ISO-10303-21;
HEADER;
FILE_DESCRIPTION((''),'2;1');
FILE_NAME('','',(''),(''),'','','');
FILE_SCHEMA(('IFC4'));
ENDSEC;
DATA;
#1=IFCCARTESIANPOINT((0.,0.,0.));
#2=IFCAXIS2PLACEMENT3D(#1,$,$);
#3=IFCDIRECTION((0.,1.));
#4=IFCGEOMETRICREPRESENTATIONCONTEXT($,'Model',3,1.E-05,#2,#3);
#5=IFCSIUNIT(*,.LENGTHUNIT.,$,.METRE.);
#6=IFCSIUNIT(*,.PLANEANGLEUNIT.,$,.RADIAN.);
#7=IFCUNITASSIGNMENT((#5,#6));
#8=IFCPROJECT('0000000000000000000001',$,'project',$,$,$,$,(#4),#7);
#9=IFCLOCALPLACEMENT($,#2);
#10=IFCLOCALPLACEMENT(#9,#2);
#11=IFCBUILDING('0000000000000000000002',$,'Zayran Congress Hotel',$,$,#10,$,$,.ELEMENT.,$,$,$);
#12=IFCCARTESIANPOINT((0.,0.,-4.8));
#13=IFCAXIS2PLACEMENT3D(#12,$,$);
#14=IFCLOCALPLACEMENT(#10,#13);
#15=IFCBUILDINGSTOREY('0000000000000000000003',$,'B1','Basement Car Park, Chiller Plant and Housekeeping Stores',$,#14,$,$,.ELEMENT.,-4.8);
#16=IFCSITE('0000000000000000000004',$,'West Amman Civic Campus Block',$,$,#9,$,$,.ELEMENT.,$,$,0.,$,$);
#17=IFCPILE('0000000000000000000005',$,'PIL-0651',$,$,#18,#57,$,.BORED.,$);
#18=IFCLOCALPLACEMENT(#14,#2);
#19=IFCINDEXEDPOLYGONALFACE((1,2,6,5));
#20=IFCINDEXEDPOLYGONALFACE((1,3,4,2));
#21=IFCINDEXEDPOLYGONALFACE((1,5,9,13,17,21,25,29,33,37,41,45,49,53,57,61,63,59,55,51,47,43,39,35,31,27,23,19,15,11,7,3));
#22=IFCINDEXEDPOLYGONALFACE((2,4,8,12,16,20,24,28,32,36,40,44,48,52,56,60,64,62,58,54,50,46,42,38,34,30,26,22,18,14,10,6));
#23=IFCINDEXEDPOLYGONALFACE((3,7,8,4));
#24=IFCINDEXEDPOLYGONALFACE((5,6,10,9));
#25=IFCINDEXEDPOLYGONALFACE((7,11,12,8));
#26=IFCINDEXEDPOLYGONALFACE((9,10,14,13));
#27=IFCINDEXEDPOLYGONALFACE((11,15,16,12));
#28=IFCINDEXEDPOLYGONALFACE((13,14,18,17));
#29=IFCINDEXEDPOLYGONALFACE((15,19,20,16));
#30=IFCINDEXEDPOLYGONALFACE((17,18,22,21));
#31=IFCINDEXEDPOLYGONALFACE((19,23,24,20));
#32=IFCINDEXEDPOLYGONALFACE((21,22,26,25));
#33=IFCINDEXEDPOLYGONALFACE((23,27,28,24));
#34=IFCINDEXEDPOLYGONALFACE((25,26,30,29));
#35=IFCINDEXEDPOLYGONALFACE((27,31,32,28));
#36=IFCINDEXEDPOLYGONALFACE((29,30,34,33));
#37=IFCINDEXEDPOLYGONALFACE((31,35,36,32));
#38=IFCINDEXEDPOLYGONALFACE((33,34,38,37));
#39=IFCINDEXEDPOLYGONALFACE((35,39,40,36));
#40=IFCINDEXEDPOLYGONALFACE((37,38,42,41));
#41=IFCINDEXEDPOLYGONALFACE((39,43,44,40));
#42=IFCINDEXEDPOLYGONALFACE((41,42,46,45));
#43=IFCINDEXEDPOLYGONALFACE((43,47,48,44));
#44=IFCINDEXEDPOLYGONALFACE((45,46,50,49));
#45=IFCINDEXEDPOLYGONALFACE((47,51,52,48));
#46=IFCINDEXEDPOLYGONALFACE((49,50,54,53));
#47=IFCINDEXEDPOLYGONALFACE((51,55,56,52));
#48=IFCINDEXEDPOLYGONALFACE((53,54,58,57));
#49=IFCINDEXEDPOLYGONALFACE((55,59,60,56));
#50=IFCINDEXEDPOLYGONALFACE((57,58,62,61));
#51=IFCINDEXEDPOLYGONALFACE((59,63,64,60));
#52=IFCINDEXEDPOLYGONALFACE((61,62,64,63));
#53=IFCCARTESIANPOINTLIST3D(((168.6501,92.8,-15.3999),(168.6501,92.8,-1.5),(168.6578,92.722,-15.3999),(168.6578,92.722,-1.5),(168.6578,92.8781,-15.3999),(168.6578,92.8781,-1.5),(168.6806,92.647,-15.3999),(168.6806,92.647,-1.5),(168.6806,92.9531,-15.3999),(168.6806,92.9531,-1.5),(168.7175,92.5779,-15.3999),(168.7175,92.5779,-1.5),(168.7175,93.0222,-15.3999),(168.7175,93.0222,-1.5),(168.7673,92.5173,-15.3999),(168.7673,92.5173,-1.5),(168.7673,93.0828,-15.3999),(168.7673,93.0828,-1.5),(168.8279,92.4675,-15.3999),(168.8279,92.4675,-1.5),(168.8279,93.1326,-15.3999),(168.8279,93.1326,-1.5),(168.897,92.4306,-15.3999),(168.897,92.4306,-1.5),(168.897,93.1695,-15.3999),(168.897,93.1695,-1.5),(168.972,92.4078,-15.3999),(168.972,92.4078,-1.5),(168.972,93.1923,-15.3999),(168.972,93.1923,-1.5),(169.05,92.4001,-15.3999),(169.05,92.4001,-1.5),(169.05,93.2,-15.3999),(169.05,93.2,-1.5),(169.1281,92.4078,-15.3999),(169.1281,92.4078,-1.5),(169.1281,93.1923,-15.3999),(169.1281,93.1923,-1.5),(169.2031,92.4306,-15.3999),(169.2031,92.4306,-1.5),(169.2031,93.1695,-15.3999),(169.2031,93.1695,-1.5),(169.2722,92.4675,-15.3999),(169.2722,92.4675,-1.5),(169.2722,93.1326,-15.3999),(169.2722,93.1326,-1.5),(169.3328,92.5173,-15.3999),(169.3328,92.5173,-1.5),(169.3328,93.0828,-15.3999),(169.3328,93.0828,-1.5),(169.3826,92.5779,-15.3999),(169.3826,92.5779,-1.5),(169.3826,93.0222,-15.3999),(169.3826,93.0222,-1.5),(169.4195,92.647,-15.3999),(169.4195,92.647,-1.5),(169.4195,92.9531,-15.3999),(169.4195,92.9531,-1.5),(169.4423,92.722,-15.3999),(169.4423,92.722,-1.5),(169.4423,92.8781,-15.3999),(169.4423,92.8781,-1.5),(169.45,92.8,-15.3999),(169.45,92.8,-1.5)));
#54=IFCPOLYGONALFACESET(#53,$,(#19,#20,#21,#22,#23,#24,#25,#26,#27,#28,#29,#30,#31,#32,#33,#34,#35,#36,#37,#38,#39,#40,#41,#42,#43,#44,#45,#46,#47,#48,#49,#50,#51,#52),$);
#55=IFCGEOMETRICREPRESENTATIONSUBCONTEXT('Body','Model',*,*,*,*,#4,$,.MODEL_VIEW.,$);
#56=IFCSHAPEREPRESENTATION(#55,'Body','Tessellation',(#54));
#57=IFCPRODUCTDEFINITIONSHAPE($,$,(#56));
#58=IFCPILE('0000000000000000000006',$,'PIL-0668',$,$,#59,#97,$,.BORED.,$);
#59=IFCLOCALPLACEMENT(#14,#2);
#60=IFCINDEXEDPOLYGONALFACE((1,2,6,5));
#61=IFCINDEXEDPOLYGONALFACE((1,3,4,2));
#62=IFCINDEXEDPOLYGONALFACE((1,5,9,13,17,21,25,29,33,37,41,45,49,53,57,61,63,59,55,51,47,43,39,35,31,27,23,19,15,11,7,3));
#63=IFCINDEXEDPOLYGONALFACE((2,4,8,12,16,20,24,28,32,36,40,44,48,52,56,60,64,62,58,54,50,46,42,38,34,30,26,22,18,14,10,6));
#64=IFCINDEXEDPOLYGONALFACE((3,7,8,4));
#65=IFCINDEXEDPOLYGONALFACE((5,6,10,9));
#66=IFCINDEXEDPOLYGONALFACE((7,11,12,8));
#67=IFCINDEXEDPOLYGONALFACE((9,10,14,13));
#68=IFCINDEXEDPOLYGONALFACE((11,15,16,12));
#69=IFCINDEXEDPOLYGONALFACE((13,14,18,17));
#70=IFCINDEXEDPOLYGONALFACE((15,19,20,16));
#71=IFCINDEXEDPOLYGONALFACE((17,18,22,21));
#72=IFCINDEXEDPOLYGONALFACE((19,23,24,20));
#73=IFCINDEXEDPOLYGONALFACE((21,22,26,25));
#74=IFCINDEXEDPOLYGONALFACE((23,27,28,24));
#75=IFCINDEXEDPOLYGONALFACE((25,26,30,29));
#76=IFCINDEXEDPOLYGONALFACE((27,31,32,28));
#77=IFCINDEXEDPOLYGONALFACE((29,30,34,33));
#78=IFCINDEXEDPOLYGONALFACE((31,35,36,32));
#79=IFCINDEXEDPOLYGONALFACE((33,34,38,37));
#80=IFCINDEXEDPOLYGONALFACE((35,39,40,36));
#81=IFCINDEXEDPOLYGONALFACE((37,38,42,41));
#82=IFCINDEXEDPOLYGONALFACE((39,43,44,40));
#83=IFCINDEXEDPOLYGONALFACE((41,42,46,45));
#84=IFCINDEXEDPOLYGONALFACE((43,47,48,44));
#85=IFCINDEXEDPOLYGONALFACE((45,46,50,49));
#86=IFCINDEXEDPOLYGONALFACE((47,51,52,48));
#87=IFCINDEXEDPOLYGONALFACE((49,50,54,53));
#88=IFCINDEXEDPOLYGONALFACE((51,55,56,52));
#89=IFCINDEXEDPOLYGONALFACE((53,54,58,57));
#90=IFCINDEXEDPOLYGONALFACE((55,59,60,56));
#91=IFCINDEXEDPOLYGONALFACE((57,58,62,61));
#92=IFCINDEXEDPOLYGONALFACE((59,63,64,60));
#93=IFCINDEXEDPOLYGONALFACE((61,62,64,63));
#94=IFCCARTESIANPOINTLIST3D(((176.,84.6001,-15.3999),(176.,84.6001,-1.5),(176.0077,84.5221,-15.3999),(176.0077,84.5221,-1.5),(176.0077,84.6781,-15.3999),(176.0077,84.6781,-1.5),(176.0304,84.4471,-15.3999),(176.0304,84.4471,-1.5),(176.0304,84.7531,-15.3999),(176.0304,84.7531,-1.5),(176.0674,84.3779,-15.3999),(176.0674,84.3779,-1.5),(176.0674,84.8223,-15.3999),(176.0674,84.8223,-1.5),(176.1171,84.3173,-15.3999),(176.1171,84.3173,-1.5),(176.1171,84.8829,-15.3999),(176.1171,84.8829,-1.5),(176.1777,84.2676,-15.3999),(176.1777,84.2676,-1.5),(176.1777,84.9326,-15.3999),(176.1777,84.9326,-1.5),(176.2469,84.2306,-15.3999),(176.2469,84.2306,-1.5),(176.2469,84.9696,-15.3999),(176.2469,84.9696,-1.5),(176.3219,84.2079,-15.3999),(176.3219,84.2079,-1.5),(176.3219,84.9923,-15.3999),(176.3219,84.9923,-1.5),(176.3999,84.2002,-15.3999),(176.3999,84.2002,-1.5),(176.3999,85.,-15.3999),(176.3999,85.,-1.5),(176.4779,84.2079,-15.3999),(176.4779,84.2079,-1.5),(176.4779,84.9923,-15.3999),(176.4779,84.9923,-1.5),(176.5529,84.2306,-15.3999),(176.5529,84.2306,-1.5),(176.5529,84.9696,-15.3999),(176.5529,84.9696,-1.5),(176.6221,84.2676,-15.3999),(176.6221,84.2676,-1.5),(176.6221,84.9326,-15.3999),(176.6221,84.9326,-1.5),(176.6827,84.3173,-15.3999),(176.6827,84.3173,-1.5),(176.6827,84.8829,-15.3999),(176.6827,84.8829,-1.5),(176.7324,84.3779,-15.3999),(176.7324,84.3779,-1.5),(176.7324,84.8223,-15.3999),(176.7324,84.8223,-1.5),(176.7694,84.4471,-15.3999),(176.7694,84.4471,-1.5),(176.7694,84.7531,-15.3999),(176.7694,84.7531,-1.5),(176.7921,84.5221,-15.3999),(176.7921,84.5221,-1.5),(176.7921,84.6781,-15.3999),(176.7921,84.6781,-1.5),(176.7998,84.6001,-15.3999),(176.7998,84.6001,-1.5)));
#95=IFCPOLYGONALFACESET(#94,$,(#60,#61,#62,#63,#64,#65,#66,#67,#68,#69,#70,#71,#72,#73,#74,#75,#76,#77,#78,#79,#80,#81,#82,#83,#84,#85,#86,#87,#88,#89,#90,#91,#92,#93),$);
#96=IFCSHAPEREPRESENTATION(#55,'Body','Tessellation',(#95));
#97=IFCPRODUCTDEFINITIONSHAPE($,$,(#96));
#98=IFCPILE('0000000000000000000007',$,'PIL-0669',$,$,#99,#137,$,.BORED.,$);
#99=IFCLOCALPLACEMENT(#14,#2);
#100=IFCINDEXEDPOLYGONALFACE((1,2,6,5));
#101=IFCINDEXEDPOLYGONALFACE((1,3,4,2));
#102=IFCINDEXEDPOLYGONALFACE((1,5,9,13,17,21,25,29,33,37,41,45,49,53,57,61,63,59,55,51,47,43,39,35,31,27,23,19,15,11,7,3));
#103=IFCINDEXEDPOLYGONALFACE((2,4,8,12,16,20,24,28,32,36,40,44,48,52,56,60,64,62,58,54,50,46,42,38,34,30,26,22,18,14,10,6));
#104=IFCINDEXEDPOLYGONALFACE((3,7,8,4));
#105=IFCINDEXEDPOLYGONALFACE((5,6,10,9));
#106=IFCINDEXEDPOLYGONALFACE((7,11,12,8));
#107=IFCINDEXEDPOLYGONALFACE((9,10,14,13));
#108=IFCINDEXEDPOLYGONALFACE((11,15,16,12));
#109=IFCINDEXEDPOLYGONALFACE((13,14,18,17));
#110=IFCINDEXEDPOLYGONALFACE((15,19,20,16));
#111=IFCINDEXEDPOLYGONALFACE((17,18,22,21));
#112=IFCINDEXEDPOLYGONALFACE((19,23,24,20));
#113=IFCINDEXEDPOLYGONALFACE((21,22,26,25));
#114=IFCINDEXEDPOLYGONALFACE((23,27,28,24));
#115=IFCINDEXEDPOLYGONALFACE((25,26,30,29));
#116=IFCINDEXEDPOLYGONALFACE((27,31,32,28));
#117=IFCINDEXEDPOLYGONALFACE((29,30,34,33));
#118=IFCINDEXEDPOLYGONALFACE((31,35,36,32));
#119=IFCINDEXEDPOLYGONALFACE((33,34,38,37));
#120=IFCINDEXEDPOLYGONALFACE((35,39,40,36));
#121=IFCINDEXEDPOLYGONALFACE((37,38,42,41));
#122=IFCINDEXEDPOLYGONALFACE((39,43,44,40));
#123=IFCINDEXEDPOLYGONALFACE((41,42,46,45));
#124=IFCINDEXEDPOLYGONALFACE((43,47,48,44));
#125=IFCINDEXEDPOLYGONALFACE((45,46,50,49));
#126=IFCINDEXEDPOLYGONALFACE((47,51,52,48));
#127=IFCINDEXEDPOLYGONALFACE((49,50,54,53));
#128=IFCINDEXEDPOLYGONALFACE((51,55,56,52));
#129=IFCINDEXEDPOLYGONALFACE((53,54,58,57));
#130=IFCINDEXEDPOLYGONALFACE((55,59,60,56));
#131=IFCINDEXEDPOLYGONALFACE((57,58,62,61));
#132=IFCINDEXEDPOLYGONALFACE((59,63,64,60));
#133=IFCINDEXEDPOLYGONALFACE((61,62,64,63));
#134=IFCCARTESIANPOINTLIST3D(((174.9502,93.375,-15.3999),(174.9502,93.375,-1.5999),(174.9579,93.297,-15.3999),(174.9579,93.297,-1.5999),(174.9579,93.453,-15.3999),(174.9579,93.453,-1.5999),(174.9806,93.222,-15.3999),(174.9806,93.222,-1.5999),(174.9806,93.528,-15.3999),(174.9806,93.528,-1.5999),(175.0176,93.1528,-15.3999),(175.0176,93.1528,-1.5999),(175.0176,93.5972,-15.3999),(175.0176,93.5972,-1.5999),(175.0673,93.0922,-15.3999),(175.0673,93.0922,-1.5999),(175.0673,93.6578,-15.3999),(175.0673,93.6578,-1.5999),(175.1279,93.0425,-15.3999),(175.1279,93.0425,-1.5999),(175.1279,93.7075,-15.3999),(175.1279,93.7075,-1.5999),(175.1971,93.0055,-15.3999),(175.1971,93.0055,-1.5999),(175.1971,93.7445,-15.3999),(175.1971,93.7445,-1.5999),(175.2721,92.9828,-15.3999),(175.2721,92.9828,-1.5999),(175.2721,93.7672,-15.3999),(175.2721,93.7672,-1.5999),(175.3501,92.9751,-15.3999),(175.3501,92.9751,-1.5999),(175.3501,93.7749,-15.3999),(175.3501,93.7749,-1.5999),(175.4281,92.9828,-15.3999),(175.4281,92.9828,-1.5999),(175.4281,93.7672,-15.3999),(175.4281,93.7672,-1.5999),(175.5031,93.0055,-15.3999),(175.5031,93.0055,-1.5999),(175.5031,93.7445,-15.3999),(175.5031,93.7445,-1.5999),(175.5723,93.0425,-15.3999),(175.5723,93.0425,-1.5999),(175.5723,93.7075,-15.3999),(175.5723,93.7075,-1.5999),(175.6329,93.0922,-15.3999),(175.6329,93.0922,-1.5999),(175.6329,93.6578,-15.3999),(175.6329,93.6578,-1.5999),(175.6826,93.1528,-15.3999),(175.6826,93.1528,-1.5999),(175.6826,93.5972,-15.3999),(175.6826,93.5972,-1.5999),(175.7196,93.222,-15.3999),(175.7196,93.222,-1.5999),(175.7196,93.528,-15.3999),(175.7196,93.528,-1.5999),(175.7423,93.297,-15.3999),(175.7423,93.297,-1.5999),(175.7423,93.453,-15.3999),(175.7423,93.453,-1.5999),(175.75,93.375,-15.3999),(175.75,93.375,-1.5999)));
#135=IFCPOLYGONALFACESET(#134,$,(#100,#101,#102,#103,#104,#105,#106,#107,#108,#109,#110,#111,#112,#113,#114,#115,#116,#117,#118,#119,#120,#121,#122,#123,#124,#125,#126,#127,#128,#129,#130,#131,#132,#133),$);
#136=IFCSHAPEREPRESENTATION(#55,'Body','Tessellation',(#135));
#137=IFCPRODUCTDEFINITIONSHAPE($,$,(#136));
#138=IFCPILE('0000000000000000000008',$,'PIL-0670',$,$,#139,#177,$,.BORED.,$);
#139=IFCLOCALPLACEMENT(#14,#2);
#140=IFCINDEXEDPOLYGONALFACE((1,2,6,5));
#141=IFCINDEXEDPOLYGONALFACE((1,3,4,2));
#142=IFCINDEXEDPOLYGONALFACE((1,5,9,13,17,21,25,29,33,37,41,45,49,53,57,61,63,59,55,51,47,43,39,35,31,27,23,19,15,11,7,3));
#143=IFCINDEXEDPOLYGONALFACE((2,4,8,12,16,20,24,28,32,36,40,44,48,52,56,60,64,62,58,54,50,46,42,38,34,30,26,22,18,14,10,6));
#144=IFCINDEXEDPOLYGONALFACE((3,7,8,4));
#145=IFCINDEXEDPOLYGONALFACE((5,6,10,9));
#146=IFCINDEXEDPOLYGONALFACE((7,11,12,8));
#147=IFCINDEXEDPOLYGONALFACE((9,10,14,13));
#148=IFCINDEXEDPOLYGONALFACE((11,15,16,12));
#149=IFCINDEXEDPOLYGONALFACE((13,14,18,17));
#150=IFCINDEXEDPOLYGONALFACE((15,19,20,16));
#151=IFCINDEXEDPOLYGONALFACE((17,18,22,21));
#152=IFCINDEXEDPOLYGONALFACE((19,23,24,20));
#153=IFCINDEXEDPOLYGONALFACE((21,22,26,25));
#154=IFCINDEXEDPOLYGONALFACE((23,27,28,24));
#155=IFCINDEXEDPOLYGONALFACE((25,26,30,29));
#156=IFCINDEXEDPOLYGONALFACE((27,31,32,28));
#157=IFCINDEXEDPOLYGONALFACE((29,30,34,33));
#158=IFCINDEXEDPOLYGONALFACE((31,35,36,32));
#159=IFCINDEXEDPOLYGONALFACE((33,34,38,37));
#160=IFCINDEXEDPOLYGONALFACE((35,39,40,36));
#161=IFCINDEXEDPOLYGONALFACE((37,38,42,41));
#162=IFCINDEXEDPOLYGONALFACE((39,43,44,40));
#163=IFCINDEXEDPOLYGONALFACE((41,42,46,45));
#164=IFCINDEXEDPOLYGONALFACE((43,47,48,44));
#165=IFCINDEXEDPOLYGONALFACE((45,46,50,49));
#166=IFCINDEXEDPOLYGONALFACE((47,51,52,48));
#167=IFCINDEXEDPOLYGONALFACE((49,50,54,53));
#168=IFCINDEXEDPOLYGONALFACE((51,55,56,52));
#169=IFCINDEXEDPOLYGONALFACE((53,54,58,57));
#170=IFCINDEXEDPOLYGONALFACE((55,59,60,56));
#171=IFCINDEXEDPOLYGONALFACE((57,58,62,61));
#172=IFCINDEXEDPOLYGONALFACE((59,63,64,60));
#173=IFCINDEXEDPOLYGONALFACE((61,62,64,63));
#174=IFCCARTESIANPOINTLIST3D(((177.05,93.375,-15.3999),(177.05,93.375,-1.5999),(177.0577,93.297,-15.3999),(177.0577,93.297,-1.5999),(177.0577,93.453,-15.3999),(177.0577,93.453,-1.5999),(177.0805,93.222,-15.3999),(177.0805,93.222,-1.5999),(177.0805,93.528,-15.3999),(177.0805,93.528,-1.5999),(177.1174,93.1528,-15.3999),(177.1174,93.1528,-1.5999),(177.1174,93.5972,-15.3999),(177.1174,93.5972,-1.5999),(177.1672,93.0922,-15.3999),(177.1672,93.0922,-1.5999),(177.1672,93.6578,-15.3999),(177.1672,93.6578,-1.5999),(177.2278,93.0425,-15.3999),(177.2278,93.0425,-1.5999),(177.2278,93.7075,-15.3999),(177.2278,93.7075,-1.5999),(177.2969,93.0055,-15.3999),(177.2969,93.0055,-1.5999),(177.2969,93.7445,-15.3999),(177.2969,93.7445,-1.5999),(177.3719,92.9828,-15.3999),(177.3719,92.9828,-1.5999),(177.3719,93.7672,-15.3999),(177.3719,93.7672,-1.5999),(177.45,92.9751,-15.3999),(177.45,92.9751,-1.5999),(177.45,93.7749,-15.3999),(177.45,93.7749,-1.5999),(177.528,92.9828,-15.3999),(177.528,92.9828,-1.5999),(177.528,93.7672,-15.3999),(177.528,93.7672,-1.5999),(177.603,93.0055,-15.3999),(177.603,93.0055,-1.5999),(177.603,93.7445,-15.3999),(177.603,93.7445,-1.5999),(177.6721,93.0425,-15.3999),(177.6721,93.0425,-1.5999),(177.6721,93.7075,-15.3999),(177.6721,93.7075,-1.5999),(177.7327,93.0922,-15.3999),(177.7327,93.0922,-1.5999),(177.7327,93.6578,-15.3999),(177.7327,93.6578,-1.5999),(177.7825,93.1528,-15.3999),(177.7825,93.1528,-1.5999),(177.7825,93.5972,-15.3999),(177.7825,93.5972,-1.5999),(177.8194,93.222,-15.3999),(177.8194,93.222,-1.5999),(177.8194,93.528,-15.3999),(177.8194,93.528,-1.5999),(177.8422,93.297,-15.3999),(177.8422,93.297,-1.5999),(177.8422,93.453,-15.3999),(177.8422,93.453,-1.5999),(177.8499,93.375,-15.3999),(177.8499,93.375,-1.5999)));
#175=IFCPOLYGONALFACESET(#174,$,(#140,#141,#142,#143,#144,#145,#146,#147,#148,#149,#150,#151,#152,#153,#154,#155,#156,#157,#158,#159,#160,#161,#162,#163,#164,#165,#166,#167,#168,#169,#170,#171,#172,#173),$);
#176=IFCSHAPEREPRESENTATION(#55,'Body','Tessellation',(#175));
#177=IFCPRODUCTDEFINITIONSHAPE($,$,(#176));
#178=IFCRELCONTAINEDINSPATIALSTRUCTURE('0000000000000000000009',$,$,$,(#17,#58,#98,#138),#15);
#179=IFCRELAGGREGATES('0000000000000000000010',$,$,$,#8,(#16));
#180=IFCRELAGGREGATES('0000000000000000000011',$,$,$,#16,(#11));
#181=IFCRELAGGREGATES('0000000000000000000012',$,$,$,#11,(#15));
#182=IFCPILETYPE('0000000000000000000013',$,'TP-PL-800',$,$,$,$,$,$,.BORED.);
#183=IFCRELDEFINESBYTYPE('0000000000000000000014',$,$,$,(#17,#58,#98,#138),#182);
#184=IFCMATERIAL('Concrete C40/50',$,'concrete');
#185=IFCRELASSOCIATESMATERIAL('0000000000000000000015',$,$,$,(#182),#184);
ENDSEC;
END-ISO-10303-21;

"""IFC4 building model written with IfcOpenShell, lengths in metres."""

from ifc_helpers import new_model, si_unit, direction, frame, origin, origin_2d, place, context, subcontext, project, spatial, circle, extrude, material, material_profile, profile_set, type_object, element, save


model = new_model("IFC4")

# Units and contexts
model_context = context("Model", 3, precision=1e-05, world=origin(), true_north=direction((0.0, 1.0)))
body_context = subcontext(model_context, "Body", "Model", "MODEL_VIEW")
ifc_project = project(units=[si_unit("LENGTHUNIT", "METRE"), si_unit("PLANEANGLEUNIT", "RADIAN")], contexts=[model_context])

# Site, building, storey
site_placement = place(None, origin())
site = spatial("IfcSite", under=ifc_project, at=site_placement, Name="West Amman Civic Campus Block", CompositionType="ELEMENT", RefElevation=0.0)
building_placement = place(site_placement, origin())
building = spatial("IfcBuilding", under=site, at=building_placement, Name="Zayran Congress Hotel", CompositionType="ELEMENT")
storey_placement = place(building_placement, frame((0.0, 0.0, -4.8)))
storey = spatial("IfcBuildingStorey", under=building, at=storey_placement, Name="B1", Description="Basement Car Park, Chiller Plant and Housekeeping Stores", CompositionType="ELEMENT", Elevation=-4.8)

# Piles
ifc_material_1 = material(Name="Concrete C40/50", Category="concrete")
ifc_material_profile_1 = material_profile(ifc_material_1, circle(Radius=0.3999, at=origin_2d()), Name="PILE D800")
ifc_profile_set_1 = profile_set([ifc_material_profile_1], Name="Concrete C40/50")
pile_type_1 = type_object("IfcPileType", Name="TP-PL-800", PredefinedType="BORED", material=ifc_profile_set_1)
for number, where, z_axis, x_axis, name in (
    (1, (169.05, 92.8, -1.5), (0.0, 0.0, -1.0), (1.0, 0.0, 0.0), "PIL-0651"),
    (2, (176.3999, 84.6001, -1.5), (0.0, 0.0, -1.0), (1.0, 0.0, 0.0), "PIL-0668"),
):
    element("IfcPile", number, at=place(storey_placement, frame(where, z_axis=z_axis, x_axis=x_axis)), inside=storey, type_object=pile_type_1, Name=name, PredefinedType="BORED", context=body_context, shape_type="SweptSolid", body=[
        extrude(circle(Radius=0.3999, at=origin_2d()), origin(), (0.0, 0.0, 1.0), 13.8999),
    ])
for number, where, z_axis, x_axis, name in (
    (3, (175.3501, 93.375, -1.5999), (0.0, 0.0, -1.0), (1.0, 0.0, 0.0), "PIL-0669"),
    (4, (177.45, 93.375, -1.5999), (0.0, 0.0, -1.0), (1.0, 0.0, 0.0), "PIL-0670"),
):
    element("IfcPile", number, at=place(storey_placement, frame(where, z_axis=z_axis, x_axis=x_axis)), inside=storey, type_object=pile_type_1, Name=name, PredefinedType="BORED", context=body_context, shape_type="SweptSolid", body=[
        extrude(circle(Radius=0.3999, at=origin_2d()), origin(), (0.0, 0.0, 1.0), 13.8),
    ])

save(model, "model.ifc")
